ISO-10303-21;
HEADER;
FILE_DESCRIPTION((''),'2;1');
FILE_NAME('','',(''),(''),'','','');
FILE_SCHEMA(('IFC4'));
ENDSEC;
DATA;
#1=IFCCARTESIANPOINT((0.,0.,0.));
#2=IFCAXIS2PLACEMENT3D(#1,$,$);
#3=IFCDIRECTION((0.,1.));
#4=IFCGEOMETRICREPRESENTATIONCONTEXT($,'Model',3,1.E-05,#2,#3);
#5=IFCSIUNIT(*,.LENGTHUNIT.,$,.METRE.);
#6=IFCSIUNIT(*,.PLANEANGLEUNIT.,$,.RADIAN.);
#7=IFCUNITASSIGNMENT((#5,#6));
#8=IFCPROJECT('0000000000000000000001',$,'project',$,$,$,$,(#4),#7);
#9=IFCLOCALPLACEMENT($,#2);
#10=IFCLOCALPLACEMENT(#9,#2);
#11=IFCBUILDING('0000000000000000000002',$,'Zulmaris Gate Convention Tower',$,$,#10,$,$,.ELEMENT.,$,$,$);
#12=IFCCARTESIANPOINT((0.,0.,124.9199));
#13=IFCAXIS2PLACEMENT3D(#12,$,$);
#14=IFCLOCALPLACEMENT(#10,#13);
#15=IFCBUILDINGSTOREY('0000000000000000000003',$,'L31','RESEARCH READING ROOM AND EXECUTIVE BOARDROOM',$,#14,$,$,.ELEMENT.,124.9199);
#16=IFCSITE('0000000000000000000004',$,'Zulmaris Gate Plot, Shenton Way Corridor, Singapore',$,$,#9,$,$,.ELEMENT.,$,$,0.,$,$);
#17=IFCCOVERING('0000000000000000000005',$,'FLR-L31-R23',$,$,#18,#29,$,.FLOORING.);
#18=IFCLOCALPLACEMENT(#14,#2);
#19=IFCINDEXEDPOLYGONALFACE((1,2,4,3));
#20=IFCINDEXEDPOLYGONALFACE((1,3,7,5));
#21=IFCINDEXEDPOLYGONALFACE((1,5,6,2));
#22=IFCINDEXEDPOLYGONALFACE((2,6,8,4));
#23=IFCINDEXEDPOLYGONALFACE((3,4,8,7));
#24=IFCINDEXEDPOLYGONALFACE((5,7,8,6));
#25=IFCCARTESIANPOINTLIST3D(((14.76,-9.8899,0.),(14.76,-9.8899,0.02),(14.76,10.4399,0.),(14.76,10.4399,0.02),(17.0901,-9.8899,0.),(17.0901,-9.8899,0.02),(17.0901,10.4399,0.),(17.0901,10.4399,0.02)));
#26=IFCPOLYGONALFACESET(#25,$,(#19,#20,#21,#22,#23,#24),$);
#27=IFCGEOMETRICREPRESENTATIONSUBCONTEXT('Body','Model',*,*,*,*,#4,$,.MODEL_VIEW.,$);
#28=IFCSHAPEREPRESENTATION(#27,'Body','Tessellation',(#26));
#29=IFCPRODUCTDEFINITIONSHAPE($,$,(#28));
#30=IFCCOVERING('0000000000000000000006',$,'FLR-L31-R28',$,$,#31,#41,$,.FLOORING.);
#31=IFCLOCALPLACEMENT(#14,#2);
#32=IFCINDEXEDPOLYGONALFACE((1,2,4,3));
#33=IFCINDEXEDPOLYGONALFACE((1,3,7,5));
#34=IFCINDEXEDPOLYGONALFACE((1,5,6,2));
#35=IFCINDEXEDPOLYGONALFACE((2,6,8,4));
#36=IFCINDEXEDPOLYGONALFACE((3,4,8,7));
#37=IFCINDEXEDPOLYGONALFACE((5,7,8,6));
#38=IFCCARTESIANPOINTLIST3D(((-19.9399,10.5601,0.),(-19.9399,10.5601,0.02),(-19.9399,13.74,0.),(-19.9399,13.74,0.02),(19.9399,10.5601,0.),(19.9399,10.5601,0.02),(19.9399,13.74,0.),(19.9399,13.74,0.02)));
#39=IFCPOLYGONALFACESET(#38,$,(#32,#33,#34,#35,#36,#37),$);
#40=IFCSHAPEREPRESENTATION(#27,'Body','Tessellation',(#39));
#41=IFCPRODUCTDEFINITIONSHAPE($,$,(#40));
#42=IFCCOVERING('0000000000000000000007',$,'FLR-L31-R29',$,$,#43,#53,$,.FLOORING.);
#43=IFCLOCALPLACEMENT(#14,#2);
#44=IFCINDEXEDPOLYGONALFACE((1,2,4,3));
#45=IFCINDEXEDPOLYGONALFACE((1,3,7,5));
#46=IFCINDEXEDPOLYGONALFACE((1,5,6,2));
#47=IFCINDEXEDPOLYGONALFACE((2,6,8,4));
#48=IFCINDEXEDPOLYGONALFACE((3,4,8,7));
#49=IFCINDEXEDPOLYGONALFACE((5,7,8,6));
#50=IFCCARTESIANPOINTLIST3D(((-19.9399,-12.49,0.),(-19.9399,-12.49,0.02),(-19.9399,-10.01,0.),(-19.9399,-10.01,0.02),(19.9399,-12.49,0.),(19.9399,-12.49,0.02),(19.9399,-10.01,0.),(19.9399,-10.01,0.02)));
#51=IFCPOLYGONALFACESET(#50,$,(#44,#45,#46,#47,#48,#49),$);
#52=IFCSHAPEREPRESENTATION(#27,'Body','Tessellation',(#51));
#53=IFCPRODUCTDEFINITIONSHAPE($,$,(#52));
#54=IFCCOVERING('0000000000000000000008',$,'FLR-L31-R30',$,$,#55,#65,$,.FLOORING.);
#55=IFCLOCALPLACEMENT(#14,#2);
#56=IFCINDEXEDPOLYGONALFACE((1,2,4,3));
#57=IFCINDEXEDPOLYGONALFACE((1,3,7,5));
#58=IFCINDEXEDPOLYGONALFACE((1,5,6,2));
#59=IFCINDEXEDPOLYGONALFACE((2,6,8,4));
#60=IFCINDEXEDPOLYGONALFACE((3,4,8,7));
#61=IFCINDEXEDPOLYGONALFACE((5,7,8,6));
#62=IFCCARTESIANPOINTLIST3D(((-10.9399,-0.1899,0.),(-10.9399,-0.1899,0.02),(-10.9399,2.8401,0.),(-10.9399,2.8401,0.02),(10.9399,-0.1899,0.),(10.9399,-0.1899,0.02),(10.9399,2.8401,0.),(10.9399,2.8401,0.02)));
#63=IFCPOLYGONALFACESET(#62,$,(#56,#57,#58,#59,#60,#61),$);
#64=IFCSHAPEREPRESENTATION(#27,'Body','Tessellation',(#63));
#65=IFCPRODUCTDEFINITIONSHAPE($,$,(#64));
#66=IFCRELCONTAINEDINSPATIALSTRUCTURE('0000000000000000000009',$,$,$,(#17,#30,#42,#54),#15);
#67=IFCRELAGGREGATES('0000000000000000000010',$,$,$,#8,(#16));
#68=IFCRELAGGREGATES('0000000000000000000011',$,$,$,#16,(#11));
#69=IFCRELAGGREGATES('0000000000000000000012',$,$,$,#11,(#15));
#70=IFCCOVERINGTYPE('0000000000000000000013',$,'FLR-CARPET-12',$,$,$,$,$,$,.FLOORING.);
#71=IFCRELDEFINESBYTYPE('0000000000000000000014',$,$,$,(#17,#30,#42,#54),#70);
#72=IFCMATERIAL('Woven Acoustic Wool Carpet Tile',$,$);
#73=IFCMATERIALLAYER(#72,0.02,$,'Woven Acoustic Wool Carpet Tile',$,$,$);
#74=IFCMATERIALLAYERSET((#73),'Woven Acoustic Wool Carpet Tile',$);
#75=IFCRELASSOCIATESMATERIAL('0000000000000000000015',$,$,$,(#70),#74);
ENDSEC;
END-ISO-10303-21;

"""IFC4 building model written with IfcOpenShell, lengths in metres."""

from ifc_helpers import new_model, si_unit, direction, frame, origin, place, context, subcontext, project, spatial, polyline, outline, extrude, material, layer, layer_set, type_object, element, save


model = new_model("IFC4")

# Units and contexts
model_context = context("Model", 3, precision=1e-05, world=origin(), true_north=direction((0.0, 1.0)))
body_context = subcontext(model_context, "Body", "Model", "MODEL_VIEW")
ifc_project = project(units=[si_unit("LENGTHUNIT", "METRE"), si_unit("PLANEANGLEUNIT", "RADIAN")], contexts=[model_context])

# Site, building, storey
site_placement = place(None, origin())
site = spatial("IfcSite", under=ifc_project, at=site_placement, Name="Zulmaris Gate Plot, Shenton Way Corridor, Singapore", CompositionType="ELEMENT", RefElevation=0.0)
building_placement = place(site_placement, origin())
building = spatial("IfcBuilding", under=site, at=building_placement, Name="Zulmaris Gate Convention Tower", CompositionType="ELEMENT")
storey_placement = place(building_placement, frame((0.0, 0.0, 124.9199)))
storey = spatial("IfcBuildingStorey", under=building, at=storey_placement, Name="L31", Description="RESEARCH READING ROOM AND EXECUTIVE BOARDROOM", CompositionType="ELEMENT", Elevation=124.9199)

# Coverings
ifc_material_1 = material(Name="Woven Acoustic Wool Carpet Tile")
ifc_layer_1 = layer(ifc_material_1, 0.02, Name="Woven Acoustic Wool Carpet Tile")
ifc_layer_set_1 = layer_set([ifc_layer_1], Name="Woven Acoustic Wool Carpet Tile")
covering_type_1 = type_object("IfcCoveringType", Name="FLR-CARPET-12", PredefinedType="FLOORING", material=ifc_layer_set_1)
covering_1_placement = place(storey_placement, origin())
element("IfcCovering", 1, at=covering_1_placement, inside=storey, type_object=covering_type_1, Name="FLR-L31-R23", PredefinedType="FLOORING", context=body_context, shape_type="SweptSolid", body=[
    extrude(outline(polyline([(14.76, -9.8899), (17.0901, -9.8899), (17.0901, 10.4399), (14.76, 10.4399), (14.76, -9.8899)])), origin(), (0.0, 0.0, 1.0), 0.02),
])
covering_2_placement = place(storey_placement, origin())
element("IfcCovering", 2, at=covering_2_placement, inside=storey, type_object=covering_type_1, Name="FLR-L31-R28", PredefinedType="FLOORING", context=body_context, shape_type="SweptSolid", body=[
    extrude(outline(polyline([(-19.9399, 10.5601), (19.9399, 10.5601), (19.9399, 13.74), (-19.9399, 13.74), (-19.9399, 10.5601)])), origin(), (0.0, 0.0, 1.0), 0.02),
])
covering_3_placement = place(storey_placement, origin())
element("IfcCovering", 3, at=covering_3_placement, inside=storey, type_object=covering_type_1, Name="FLR-L31-R29", PredefinedType="FLOORING", context=body_context, shape_type="SweptSolid", body=[
    extrude(outline(polyline([(-19.9399, -12.49), (19.9399, -12.49), (19.9399, -10.01), (-19.9399, -10.01), (-19.9399, -12.49)])), origin(), (0.0, 0.0, 1.0), 0.02),
])
covering_4_placement = place(storey_placement, origin())
element("IfcCovering", 4, at=covering_4_placement, inside=storey, type_object=covering_type_1, Name="FLR-L31-R30", PredefinedType="FLOORING", context=body_context, shape_type="SweptSolid", body=[
    extrude(outline(polyline([(-10.9399, -0.1899), (10.9399, -0.1899), (10.9399, 2.8401), (-10.9399, 2.8401), (-10.9399, -0.1899)])), origin(), (0.0, 0.0, 1.0), 0.02),
])

save(model, "model.ifc")
